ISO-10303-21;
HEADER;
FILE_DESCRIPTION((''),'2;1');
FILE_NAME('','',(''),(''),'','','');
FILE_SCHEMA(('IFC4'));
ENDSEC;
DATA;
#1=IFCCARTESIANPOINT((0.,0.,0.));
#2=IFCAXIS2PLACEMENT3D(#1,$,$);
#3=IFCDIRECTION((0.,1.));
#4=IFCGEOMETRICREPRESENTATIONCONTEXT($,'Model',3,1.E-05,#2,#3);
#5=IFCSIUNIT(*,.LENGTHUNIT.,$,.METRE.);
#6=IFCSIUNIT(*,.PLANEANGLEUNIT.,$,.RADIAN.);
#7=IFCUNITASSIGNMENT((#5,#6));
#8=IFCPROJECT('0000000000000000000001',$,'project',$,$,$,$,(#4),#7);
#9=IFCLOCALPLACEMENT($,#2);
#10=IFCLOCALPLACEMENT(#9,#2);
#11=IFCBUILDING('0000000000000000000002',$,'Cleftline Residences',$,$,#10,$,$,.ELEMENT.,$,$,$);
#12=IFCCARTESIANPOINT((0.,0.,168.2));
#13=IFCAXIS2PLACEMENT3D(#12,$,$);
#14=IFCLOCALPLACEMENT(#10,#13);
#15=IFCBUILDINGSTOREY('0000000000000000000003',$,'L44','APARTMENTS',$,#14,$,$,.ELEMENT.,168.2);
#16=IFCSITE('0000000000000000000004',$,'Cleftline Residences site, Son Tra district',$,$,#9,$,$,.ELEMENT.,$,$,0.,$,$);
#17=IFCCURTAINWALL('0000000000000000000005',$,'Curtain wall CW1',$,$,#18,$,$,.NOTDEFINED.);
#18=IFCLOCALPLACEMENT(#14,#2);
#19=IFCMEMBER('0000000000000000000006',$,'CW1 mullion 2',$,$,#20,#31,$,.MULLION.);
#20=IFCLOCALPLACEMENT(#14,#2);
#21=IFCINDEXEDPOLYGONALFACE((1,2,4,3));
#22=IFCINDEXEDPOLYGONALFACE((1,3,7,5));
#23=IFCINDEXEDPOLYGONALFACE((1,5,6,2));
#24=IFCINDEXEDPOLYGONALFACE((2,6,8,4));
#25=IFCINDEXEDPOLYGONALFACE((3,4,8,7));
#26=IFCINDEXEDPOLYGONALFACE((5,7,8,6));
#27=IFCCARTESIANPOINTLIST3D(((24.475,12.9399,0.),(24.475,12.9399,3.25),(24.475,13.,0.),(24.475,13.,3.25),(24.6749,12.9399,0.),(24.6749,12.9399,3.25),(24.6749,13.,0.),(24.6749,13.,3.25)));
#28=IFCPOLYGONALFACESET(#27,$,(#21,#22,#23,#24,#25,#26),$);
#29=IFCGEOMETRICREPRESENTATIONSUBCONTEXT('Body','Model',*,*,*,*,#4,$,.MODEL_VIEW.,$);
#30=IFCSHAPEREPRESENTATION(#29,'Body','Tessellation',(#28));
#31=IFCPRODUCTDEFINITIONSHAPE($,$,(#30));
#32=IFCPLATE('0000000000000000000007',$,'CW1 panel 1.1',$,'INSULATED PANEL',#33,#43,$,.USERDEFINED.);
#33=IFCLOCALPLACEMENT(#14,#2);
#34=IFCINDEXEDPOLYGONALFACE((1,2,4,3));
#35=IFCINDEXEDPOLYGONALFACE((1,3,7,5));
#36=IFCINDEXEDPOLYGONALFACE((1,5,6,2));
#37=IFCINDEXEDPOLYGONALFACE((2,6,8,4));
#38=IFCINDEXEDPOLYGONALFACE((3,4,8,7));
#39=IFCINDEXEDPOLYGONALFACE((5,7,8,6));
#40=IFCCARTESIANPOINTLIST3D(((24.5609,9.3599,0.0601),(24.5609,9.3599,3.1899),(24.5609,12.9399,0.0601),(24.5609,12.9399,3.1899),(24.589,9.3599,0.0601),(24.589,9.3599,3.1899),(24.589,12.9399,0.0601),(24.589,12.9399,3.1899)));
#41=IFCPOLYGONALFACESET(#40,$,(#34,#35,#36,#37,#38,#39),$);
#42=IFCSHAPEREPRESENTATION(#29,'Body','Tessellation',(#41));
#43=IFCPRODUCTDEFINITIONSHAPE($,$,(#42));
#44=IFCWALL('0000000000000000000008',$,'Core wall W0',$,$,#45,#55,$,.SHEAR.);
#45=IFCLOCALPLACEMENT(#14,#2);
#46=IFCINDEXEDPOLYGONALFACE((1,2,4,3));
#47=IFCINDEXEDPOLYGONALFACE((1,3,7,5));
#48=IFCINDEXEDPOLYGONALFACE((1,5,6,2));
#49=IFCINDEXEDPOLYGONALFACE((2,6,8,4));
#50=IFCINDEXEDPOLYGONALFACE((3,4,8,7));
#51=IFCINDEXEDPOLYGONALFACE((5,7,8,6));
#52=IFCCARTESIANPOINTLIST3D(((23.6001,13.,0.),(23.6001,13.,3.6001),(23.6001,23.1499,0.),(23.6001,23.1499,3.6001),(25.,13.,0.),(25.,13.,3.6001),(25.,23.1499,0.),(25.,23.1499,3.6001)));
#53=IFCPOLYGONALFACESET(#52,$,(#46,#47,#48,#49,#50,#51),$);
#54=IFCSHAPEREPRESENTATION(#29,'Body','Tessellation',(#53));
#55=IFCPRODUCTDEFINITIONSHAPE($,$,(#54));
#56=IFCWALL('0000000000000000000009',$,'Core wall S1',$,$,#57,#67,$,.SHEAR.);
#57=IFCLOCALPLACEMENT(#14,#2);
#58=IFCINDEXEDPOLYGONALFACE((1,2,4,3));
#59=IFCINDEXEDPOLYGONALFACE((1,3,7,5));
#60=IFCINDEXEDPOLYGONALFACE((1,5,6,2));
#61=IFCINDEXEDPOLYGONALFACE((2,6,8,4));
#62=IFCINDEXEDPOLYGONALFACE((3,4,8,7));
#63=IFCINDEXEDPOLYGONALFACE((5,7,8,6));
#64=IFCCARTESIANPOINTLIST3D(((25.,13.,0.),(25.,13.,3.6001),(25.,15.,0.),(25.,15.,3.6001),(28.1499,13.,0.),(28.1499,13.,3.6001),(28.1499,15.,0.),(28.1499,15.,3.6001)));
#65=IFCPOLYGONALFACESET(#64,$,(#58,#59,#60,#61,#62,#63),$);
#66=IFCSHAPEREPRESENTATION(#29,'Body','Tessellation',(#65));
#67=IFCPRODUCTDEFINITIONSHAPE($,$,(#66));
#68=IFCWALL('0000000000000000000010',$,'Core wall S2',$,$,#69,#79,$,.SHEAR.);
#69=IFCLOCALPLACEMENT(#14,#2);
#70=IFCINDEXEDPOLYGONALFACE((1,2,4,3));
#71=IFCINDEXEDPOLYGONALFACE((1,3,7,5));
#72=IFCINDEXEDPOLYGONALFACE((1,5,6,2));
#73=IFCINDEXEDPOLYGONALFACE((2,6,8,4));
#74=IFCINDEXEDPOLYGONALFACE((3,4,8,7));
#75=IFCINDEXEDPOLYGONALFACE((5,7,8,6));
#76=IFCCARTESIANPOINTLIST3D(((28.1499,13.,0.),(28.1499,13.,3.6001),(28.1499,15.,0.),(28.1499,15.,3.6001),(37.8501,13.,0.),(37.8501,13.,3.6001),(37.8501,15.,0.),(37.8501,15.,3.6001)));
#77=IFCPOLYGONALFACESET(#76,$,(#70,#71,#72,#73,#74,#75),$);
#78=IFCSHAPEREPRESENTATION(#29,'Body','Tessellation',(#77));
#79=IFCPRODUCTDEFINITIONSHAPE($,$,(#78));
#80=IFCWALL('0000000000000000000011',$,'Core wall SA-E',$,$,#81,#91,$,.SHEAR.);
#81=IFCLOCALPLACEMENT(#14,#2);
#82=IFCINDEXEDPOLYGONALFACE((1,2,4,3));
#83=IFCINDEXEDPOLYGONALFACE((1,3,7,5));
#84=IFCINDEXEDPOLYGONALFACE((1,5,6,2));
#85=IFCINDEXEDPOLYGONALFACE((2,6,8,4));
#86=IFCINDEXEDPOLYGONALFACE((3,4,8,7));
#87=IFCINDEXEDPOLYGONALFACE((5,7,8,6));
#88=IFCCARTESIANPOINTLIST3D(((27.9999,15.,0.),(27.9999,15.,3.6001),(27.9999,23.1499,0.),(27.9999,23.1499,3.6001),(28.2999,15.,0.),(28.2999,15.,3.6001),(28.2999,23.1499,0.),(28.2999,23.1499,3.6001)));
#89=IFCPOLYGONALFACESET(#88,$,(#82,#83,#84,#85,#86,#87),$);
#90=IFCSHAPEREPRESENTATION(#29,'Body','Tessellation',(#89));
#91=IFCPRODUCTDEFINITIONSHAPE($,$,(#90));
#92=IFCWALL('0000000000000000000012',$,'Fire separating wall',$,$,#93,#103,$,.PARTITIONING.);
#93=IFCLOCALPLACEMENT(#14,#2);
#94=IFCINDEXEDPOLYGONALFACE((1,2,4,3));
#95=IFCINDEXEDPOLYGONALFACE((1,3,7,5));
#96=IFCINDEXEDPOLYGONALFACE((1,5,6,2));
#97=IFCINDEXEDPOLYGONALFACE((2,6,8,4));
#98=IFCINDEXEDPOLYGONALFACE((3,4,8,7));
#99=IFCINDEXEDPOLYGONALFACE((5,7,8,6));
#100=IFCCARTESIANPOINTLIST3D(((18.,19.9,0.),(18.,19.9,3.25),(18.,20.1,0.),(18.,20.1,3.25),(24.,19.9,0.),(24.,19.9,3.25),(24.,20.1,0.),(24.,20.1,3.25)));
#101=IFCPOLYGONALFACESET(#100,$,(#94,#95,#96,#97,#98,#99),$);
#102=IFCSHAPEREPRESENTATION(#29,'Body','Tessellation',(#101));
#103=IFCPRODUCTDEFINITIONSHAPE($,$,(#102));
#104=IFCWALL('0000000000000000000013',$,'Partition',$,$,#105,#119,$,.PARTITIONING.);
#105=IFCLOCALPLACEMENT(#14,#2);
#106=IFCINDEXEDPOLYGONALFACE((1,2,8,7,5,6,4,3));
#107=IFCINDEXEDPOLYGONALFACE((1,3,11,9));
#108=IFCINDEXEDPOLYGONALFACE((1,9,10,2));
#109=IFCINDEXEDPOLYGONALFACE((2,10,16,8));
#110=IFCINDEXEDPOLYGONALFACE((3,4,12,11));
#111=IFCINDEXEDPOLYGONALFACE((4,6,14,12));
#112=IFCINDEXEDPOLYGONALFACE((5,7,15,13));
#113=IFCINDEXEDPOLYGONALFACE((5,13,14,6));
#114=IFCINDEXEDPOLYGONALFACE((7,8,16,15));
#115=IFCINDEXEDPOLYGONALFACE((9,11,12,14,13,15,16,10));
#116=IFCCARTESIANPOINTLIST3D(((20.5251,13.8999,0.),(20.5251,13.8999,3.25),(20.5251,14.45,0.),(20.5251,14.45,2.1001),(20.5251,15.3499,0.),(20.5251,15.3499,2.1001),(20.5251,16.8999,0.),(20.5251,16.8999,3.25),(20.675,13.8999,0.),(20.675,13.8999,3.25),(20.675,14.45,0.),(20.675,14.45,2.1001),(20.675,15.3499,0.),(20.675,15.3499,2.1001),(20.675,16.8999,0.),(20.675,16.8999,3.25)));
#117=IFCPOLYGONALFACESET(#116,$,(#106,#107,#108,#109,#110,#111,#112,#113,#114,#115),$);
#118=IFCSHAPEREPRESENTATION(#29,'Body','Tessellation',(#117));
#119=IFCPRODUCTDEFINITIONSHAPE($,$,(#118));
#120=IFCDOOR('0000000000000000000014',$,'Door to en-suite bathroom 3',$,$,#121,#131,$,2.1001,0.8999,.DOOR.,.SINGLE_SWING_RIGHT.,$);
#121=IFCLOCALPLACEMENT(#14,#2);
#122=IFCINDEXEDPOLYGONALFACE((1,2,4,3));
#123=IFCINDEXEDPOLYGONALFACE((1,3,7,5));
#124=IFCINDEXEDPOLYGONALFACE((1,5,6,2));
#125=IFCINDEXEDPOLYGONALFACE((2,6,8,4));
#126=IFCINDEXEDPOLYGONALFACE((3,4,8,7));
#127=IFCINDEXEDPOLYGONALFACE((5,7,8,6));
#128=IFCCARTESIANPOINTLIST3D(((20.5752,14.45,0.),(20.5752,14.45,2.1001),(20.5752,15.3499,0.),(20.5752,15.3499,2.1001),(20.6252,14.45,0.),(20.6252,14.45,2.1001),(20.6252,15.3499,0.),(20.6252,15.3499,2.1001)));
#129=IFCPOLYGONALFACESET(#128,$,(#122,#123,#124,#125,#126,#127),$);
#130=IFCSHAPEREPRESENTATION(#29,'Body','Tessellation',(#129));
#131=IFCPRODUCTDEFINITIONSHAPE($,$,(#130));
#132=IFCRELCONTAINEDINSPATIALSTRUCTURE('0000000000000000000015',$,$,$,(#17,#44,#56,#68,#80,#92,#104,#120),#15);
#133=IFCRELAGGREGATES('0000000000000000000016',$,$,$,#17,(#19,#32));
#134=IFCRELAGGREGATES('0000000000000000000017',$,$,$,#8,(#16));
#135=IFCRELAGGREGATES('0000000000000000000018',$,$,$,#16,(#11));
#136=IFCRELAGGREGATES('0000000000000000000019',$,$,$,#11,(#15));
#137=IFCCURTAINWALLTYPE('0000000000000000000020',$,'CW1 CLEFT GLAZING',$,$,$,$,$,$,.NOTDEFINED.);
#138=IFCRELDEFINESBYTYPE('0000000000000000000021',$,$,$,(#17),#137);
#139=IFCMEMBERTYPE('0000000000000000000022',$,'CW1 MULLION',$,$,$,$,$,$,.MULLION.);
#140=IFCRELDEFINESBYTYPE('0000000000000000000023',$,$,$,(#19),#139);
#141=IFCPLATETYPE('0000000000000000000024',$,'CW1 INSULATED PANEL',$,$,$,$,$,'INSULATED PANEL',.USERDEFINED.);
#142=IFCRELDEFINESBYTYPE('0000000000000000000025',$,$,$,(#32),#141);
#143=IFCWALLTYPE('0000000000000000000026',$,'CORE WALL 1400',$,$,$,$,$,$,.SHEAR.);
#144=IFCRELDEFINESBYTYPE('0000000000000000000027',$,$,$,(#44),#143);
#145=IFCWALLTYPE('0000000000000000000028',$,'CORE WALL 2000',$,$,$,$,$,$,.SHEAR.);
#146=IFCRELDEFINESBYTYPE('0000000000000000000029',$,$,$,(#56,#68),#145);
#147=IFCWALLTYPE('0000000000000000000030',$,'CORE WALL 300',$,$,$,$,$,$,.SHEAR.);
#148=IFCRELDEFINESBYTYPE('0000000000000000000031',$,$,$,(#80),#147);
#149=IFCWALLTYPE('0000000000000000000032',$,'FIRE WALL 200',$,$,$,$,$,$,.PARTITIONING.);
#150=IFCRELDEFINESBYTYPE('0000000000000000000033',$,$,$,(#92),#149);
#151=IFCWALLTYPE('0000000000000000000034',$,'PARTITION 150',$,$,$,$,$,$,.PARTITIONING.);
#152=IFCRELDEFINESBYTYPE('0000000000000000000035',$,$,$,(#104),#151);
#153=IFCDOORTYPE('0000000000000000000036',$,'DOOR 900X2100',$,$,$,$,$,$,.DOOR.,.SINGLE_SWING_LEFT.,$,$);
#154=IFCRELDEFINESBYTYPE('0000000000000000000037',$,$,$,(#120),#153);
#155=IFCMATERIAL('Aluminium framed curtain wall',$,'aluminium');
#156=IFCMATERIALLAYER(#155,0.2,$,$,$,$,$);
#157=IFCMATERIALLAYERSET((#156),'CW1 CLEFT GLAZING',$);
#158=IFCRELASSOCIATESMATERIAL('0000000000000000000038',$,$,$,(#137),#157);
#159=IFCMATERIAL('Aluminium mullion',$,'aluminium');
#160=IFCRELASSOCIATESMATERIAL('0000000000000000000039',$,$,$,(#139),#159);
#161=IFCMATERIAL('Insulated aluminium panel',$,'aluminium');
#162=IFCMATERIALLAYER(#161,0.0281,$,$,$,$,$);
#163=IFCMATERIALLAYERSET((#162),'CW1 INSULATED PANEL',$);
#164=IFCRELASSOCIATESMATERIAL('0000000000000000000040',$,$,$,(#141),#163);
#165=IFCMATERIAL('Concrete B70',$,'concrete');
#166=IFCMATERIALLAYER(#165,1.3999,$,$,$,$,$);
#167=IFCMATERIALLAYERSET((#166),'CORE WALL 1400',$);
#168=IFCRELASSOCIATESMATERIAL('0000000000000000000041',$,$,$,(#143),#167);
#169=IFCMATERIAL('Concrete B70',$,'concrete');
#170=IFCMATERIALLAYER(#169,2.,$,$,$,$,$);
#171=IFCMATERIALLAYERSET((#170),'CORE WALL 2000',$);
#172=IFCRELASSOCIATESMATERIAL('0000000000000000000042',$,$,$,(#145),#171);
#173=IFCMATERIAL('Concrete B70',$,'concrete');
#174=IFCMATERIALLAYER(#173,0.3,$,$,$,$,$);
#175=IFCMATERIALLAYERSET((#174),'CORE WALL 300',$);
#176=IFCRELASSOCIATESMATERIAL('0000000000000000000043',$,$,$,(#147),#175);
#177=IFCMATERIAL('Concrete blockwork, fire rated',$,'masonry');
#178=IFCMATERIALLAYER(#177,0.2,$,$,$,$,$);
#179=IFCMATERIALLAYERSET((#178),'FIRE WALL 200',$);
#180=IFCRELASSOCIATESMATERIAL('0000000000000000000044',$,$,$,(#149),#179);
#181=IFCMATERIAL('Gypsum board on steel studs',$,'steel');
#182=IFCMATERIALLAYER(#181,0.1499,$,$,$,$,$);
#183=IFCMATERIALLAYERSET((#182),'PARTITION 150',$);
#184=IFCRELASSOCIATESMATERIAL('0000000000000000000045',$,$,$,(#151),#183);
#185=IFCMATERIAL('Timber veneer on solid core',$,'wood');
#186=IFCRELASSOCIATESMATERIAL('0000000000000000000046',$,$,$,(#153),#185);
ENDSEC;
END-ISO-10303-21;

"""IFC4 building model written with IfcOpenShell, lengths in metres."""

from ifc_helpers import new_model, si_unit, direction, frame, frame_2d, origin, origin_2d, place, context, subcontext, project, spatial, rectangle, extrude, material, layer, layer_set, material_profile, profile_set, type_object, element, fill, aggregate, save


model = new_model("IFC4")

# Units and contexts
model_context = context("Model", 3, precision=1e-05, world=origin(), true_north=direction((0.0, 1.0)))
body_context = subcontext(model_context, "Body", "Model", "MODEL_VIEW")
ifc_project = project(units=[si_unit("LENGTHUNIT", "METRE"), si_unit("PLANEANGLEUNIT", "RADIAN")], contexts=[model_context])

# Site, building, storey
site_placement = place(None, origin())
site = spatial("IfcSite", under=ifc_project, at=site_placement, Name="Cleftline Residences site, Son Tra district", CompositionType="ELEMENT", RefElevation=0.0)
building_placement = place(site_placement, origin())
building = spatial("IfcBuilding", under=site, at=building_placement, Name="Cleftline Residences", CompositionType="ELEMENT")
storey_placement = place(building_placement, frame((0.0, 0.0, 168.2)))
storey = spatial("IfcBuildingStorey", under=building, at=storey_placement, Name="L44", Description="APARTMENTS", CompositionType="ELEMENT", Elevation=168.2)

# Curtain wall, member, plate
ifc_material_1 = material(Name="Aluminium framed curtain wall", Category="aluminium")
ifc_layer_1 = layer(ifc_material_1, 0.2)
ifc_layer_set_1 = layer_set([ifc_layer_1], Name="CW1 CLEFT GLAZING")
curtain_wall_type = type_object("IfcCurtainWallType", Name="CW1 CLEFT GLAZING", PredefinedType="NOTDEFINED", material=ifc_layer_set_1)
curtain_wall_placement = place(storey_placement, origin())
curtain_wall = element("IfcCurtainWall", 1, at=curtain_wall_placement, inside=storey, type_object=curtain_wall_type, Name="Curtain wall CW1", PredefinedType="NOTDEFINED")
ifc_material_2 = material(Name="Aluminium mullion", Category="aluminium")
ifc_material_profile = material_profile(ifc_material_2, rectangle(XDim=0.2, YDim=0.0601, at=origin_2d()))
ifc_profile_set = profile_set([ifc_material_profile], Name="Aluminium mullion")
member_type = type_object("IfcMemberType", Name="CW1 MULLION", PredefinedType="MULLION", material=ifc_profile_set)
member_placement = place(storey_placement, frame((24.575, 12.97, 0.0), z_axis=(0.0, 0.0, 1.0), x_axis=(-1.0, 0.0, 0.0)))
member = element("IfcMember", 2, at=member_placement, type_object=member_type, Name="CW1 mullion 2", PredefinedType="MULLION", context=body_context, shape_type="SweptSolid", body=[
    extrude(rectangle(XDim=0.2, YDim=0.0601, at=origin_2d()), origin(), (0.0, 0.0, 1.0), 3.25),
])
ifc_material_3 = material(Name="Insulated aluminium panel", Category="aluminium")
ifc_layer_2 = layer(ifc_material_3, 0.0281)
ifc_layer_set_2 = layer_set([ifc_layer_2], Name="CW1 INSULATED PANEL")
plate_type = type_object("IfcPlateType", Name="CW1 INSULATED PANEL", ElementType="INSULATED PANEL", PredefinedType="USERDEFINED", material=ifc_layer_set_2)
plate_placement = place(storey_placement, frame((24.575, 11.1499, 0.0601), z_axis=(0.0, 0.0, 1.0), x_axis=(0.0, 1.0, 0.0)))
plate = element("IfcPlate", 3, at=plate_placement, type_object=plate_type, Name="CW1 panel 1.1", ObjectType="INSULATED PANEL", PredefinedType="USERDEFINED", context=body_context, shape_type="SweptSolid", body=[
    extrude(rectangle(XDim=3.5801, YDim=0.0281, at=origin_2d()), origin(), (0.0, 0.0, 1.0), 3.1299),
])
aggregate(curtain_wall, [member, plate])

# Walls
ifc_material_4 = material(Name="Concrete B70", Category="concrete")
ifc_layer_3 = layer(ifc_material_4, 1.3999)
ifc_layer_set_3 = layer_set([ifc_layer_3], Name="CORE WALL 1400")
wall_type_1 = type_object("IfcWallType", Name="CORE WALL 1400", PredefinedType="SHEAR", material=ifc_layer_set_3)
wall_1_placement = place(storey_placement, frame((24.3, 13.0, 0.0), z_axis=(0.0, 0.0, 1.0), x_axis=(0.0, 1.0, 0.0)))
element("IfcWall", 4, at=wall_1_placement, inside=storey, type_object=wall_type_1, Name="Core wall W0", PredefinedType="SHEAR", context=body_context, shape_type="SweptSolid", body=[
    extrude(rectangle(XDim=10.1499, YDim=1.3999, at=frame_2d((5.075, 0.0))), origin(), (0.0, 0.0, 1.0), 3.6001),
])
ifc_material_5 = material(Name="Concrete B70", Category="concrete")
ifc_layer_4 = layer(ifc_material_5, 2.0)
ifc_layer_set_4 = layer_set([ifc_layer_4], Name="CORE WALL 2000")
wall_type_2 = type_object("IfcWallType", Name="CORE WALL 2000", PredefinedType="SHEAR", material=ifc_layer_set_4)
wall_2_placement = place(storey_placement, frame((25.0, 14.0, 0.0), z_axis=(0.0, 0.0, 1.0), x_axis=(1.0, 0.0, 0.0)))
element("IfcWall", 5, at=wall_2_placement, inside=storey, type_object=wall_type_2, Name="Core wall S1", PredefinedType="SHEAR", context=body_context, shape_type="SweptSolid", body=[
    extrude(rectangle(XDim=3.1499, YDim=2.0, at=frame_2d((1.575, 0.0))), origin(), (0.0, 0.0, 1.0), 3.6001),
])
wall_3_placement = place(storey_placement, frame((28.1499, 14.0, 0.0), z_axis=(0.0, 0.0, 1.0), x_axis=(1.0, 0.0, 0.0)))
element("IfcWall", 6, at=wall_3_placement, inside=storey, type_object=wall_type_2, Name="Core wall S2", PredefinedType="SHEAR", context=body_context, shape_type="SweptSolid", body=[
    extrude(rectangle(XDim=9.7002, YDim=2.0, at=frame_2d((4.8501, 0.0))), origin(), (0.0, 0.0, 1.0), 3.6001),
])
ifc_material_6 = material(Name="Concrete B70", Category="concrete")
ifc_layer_5 = layer(ifc_material_6, 0.3)
ifc_layer_set_5 = layer_set([ifc_layer_5], Name="CORE WALL 300")
wall_type_3 = type_object("IfcWallType", Name="CORE WALL 300", PredefinedType="SHEAR", material=ifc_layer_set_5)
wall_4_placement = place(storey_placement, frame((28.1499, 15.0, 0.0), z_axis=(0.0, 0.0, 1.0), x_axis=(0.0, 1.0, 0.0)))
element("IfcWall", 7, at=wall_4_placement, inside=storey, type_object=wall_type_3, Name="Core wall SA-E", PredefinedType="SHEAR", context=body_context, shape_type="SweptSolid", body=[
    extrude(rectangle(XDim=8.1499, YDim=0.3, at=frame_2d((4.075, 0.0))), origin(), (0.0, 0.0, 1.0), 3.6001),
])
ifc_material_7 = material(Name="Concrete blockwork, fire rated", Category="masonry")
ifc_layer_6 = layer(ifc_material_7, 0.2)
ifc_layer_set_6 = layer_set([ifc_layer_6], Name="FIRE WALL 200")
wall_type_4 = type_object("IfcWallType", Name="FIRE WALL 200", PredefinedType="PARTITIONING", material=ifc_layer_set_6)
wall_5_placement = place(storey_placement, frame((18.0, 20.0, 0.0), z_axis=(0.0, 0.0, 1.0), x_axis=(1.0, 0.0, 0.0)))
element("IfcWall", 8, at=wall_5_placement, inside=storey, type_object=wall_type_4, Name="Fire separating wall", PredefinedType="PARTITIONING", context=body_context, shape_type="SweptSolid", body=[
    extrude(rectangle(XDim=6.0, YDim=0.2, at=frame_2d((3.0, 0.0))), origin(), (0.0, 0.0, 1.0), 3.25),
])

# Wall, opening, door
ifc_material_8 = material(Name="Gypsum board on steel studs", Category="steel")
ifc_layer_7 = layer(ifc_material_8, 0.1499)
ifc_layer_set_7 = layer_set([ifc_layer_7], Name="PARTITION 150")
wall_type_5 = type_object("IfcWallType", Name="PARTITION 150", PredefinedType="PARTITIONING", material=ifc_layer_set_7)
wall_6_placement = place(storey_placement, frame((20.6001, 13.8999, 0.0), z_axis=(0.0, 0.0, 1.0), x_axis=(0.0, 1.0, 0.0)))
wall_6 = element("IfcWall", 9, at=wall_6_placement, inside=storey, type_object=wall_type_5, Name="Partition", PredefinedType="PARTITIONING", context=body_context, shape_type="SweptSolid", body=[
    extrude(rectangle(XDim=3.0, YDim=0.1499, at=frame_2d((1.5, 0.0))), origin(), (0.0, 0.0, 1.0), 3.25),
])
opening_1_placement = place(wall_6_placement, frame((0.55, 0.0, 0.0)))
opening_1 = element("IfcOpeningElement", 10, at=opening_1_placement, cuts=wall_6, PredefinedType="OPENING", context=body_context, shape_type="SweptSolid", body=[
    extrude(rectangle(XDim=0.8999, YDim=2.1001, at=frame_2d((0.45, 1.05))), frame((0.0, 0.085, 0.0), z_axis=(0.0, -1.0, 0.0), x_axis=(1.0, 0.0, 0.0)), (0.0, 0.0, 1.0), 0.1699),
])
ifc_material_9 = material(Name="Timber veneer on solid core", Category="wood")
door_type_1 = type_object("IfcDoorType", Name="DOOR 900X2100", OperationType="SINGLE_SWING_LEFT", PredefinedType="DOOR", material=ifc_material_9)
door_1_placement = place(opening_1_placement, origin())
door_1 = element("IfcDoor", 11, at=door_1_placement, inside=storey, type_object=door_type_1, Name="Door to en-suite bathroom 3", OperationType="SINGLE_SWING_RIGHT", OverallHeight=2.1001, OverallWidth=0.8999, PredefinedType="DOOR", context=body_context, shape_type="SweptSolid", body=[
    extrude(rectangle(XDim=0.8999, YDim=2.1001, at=frame_2d((0.45, 1.05))), frame((0.0, 0.0249, 0.0), z_axis=(0.0, -1.0, 0.0), x_axis=(1.0, 0.0, 0.0)), (0.0, 0.0, 1.0), 0.05),
])
fill(opening_1, door_1)

save(model, "model.ifc")
